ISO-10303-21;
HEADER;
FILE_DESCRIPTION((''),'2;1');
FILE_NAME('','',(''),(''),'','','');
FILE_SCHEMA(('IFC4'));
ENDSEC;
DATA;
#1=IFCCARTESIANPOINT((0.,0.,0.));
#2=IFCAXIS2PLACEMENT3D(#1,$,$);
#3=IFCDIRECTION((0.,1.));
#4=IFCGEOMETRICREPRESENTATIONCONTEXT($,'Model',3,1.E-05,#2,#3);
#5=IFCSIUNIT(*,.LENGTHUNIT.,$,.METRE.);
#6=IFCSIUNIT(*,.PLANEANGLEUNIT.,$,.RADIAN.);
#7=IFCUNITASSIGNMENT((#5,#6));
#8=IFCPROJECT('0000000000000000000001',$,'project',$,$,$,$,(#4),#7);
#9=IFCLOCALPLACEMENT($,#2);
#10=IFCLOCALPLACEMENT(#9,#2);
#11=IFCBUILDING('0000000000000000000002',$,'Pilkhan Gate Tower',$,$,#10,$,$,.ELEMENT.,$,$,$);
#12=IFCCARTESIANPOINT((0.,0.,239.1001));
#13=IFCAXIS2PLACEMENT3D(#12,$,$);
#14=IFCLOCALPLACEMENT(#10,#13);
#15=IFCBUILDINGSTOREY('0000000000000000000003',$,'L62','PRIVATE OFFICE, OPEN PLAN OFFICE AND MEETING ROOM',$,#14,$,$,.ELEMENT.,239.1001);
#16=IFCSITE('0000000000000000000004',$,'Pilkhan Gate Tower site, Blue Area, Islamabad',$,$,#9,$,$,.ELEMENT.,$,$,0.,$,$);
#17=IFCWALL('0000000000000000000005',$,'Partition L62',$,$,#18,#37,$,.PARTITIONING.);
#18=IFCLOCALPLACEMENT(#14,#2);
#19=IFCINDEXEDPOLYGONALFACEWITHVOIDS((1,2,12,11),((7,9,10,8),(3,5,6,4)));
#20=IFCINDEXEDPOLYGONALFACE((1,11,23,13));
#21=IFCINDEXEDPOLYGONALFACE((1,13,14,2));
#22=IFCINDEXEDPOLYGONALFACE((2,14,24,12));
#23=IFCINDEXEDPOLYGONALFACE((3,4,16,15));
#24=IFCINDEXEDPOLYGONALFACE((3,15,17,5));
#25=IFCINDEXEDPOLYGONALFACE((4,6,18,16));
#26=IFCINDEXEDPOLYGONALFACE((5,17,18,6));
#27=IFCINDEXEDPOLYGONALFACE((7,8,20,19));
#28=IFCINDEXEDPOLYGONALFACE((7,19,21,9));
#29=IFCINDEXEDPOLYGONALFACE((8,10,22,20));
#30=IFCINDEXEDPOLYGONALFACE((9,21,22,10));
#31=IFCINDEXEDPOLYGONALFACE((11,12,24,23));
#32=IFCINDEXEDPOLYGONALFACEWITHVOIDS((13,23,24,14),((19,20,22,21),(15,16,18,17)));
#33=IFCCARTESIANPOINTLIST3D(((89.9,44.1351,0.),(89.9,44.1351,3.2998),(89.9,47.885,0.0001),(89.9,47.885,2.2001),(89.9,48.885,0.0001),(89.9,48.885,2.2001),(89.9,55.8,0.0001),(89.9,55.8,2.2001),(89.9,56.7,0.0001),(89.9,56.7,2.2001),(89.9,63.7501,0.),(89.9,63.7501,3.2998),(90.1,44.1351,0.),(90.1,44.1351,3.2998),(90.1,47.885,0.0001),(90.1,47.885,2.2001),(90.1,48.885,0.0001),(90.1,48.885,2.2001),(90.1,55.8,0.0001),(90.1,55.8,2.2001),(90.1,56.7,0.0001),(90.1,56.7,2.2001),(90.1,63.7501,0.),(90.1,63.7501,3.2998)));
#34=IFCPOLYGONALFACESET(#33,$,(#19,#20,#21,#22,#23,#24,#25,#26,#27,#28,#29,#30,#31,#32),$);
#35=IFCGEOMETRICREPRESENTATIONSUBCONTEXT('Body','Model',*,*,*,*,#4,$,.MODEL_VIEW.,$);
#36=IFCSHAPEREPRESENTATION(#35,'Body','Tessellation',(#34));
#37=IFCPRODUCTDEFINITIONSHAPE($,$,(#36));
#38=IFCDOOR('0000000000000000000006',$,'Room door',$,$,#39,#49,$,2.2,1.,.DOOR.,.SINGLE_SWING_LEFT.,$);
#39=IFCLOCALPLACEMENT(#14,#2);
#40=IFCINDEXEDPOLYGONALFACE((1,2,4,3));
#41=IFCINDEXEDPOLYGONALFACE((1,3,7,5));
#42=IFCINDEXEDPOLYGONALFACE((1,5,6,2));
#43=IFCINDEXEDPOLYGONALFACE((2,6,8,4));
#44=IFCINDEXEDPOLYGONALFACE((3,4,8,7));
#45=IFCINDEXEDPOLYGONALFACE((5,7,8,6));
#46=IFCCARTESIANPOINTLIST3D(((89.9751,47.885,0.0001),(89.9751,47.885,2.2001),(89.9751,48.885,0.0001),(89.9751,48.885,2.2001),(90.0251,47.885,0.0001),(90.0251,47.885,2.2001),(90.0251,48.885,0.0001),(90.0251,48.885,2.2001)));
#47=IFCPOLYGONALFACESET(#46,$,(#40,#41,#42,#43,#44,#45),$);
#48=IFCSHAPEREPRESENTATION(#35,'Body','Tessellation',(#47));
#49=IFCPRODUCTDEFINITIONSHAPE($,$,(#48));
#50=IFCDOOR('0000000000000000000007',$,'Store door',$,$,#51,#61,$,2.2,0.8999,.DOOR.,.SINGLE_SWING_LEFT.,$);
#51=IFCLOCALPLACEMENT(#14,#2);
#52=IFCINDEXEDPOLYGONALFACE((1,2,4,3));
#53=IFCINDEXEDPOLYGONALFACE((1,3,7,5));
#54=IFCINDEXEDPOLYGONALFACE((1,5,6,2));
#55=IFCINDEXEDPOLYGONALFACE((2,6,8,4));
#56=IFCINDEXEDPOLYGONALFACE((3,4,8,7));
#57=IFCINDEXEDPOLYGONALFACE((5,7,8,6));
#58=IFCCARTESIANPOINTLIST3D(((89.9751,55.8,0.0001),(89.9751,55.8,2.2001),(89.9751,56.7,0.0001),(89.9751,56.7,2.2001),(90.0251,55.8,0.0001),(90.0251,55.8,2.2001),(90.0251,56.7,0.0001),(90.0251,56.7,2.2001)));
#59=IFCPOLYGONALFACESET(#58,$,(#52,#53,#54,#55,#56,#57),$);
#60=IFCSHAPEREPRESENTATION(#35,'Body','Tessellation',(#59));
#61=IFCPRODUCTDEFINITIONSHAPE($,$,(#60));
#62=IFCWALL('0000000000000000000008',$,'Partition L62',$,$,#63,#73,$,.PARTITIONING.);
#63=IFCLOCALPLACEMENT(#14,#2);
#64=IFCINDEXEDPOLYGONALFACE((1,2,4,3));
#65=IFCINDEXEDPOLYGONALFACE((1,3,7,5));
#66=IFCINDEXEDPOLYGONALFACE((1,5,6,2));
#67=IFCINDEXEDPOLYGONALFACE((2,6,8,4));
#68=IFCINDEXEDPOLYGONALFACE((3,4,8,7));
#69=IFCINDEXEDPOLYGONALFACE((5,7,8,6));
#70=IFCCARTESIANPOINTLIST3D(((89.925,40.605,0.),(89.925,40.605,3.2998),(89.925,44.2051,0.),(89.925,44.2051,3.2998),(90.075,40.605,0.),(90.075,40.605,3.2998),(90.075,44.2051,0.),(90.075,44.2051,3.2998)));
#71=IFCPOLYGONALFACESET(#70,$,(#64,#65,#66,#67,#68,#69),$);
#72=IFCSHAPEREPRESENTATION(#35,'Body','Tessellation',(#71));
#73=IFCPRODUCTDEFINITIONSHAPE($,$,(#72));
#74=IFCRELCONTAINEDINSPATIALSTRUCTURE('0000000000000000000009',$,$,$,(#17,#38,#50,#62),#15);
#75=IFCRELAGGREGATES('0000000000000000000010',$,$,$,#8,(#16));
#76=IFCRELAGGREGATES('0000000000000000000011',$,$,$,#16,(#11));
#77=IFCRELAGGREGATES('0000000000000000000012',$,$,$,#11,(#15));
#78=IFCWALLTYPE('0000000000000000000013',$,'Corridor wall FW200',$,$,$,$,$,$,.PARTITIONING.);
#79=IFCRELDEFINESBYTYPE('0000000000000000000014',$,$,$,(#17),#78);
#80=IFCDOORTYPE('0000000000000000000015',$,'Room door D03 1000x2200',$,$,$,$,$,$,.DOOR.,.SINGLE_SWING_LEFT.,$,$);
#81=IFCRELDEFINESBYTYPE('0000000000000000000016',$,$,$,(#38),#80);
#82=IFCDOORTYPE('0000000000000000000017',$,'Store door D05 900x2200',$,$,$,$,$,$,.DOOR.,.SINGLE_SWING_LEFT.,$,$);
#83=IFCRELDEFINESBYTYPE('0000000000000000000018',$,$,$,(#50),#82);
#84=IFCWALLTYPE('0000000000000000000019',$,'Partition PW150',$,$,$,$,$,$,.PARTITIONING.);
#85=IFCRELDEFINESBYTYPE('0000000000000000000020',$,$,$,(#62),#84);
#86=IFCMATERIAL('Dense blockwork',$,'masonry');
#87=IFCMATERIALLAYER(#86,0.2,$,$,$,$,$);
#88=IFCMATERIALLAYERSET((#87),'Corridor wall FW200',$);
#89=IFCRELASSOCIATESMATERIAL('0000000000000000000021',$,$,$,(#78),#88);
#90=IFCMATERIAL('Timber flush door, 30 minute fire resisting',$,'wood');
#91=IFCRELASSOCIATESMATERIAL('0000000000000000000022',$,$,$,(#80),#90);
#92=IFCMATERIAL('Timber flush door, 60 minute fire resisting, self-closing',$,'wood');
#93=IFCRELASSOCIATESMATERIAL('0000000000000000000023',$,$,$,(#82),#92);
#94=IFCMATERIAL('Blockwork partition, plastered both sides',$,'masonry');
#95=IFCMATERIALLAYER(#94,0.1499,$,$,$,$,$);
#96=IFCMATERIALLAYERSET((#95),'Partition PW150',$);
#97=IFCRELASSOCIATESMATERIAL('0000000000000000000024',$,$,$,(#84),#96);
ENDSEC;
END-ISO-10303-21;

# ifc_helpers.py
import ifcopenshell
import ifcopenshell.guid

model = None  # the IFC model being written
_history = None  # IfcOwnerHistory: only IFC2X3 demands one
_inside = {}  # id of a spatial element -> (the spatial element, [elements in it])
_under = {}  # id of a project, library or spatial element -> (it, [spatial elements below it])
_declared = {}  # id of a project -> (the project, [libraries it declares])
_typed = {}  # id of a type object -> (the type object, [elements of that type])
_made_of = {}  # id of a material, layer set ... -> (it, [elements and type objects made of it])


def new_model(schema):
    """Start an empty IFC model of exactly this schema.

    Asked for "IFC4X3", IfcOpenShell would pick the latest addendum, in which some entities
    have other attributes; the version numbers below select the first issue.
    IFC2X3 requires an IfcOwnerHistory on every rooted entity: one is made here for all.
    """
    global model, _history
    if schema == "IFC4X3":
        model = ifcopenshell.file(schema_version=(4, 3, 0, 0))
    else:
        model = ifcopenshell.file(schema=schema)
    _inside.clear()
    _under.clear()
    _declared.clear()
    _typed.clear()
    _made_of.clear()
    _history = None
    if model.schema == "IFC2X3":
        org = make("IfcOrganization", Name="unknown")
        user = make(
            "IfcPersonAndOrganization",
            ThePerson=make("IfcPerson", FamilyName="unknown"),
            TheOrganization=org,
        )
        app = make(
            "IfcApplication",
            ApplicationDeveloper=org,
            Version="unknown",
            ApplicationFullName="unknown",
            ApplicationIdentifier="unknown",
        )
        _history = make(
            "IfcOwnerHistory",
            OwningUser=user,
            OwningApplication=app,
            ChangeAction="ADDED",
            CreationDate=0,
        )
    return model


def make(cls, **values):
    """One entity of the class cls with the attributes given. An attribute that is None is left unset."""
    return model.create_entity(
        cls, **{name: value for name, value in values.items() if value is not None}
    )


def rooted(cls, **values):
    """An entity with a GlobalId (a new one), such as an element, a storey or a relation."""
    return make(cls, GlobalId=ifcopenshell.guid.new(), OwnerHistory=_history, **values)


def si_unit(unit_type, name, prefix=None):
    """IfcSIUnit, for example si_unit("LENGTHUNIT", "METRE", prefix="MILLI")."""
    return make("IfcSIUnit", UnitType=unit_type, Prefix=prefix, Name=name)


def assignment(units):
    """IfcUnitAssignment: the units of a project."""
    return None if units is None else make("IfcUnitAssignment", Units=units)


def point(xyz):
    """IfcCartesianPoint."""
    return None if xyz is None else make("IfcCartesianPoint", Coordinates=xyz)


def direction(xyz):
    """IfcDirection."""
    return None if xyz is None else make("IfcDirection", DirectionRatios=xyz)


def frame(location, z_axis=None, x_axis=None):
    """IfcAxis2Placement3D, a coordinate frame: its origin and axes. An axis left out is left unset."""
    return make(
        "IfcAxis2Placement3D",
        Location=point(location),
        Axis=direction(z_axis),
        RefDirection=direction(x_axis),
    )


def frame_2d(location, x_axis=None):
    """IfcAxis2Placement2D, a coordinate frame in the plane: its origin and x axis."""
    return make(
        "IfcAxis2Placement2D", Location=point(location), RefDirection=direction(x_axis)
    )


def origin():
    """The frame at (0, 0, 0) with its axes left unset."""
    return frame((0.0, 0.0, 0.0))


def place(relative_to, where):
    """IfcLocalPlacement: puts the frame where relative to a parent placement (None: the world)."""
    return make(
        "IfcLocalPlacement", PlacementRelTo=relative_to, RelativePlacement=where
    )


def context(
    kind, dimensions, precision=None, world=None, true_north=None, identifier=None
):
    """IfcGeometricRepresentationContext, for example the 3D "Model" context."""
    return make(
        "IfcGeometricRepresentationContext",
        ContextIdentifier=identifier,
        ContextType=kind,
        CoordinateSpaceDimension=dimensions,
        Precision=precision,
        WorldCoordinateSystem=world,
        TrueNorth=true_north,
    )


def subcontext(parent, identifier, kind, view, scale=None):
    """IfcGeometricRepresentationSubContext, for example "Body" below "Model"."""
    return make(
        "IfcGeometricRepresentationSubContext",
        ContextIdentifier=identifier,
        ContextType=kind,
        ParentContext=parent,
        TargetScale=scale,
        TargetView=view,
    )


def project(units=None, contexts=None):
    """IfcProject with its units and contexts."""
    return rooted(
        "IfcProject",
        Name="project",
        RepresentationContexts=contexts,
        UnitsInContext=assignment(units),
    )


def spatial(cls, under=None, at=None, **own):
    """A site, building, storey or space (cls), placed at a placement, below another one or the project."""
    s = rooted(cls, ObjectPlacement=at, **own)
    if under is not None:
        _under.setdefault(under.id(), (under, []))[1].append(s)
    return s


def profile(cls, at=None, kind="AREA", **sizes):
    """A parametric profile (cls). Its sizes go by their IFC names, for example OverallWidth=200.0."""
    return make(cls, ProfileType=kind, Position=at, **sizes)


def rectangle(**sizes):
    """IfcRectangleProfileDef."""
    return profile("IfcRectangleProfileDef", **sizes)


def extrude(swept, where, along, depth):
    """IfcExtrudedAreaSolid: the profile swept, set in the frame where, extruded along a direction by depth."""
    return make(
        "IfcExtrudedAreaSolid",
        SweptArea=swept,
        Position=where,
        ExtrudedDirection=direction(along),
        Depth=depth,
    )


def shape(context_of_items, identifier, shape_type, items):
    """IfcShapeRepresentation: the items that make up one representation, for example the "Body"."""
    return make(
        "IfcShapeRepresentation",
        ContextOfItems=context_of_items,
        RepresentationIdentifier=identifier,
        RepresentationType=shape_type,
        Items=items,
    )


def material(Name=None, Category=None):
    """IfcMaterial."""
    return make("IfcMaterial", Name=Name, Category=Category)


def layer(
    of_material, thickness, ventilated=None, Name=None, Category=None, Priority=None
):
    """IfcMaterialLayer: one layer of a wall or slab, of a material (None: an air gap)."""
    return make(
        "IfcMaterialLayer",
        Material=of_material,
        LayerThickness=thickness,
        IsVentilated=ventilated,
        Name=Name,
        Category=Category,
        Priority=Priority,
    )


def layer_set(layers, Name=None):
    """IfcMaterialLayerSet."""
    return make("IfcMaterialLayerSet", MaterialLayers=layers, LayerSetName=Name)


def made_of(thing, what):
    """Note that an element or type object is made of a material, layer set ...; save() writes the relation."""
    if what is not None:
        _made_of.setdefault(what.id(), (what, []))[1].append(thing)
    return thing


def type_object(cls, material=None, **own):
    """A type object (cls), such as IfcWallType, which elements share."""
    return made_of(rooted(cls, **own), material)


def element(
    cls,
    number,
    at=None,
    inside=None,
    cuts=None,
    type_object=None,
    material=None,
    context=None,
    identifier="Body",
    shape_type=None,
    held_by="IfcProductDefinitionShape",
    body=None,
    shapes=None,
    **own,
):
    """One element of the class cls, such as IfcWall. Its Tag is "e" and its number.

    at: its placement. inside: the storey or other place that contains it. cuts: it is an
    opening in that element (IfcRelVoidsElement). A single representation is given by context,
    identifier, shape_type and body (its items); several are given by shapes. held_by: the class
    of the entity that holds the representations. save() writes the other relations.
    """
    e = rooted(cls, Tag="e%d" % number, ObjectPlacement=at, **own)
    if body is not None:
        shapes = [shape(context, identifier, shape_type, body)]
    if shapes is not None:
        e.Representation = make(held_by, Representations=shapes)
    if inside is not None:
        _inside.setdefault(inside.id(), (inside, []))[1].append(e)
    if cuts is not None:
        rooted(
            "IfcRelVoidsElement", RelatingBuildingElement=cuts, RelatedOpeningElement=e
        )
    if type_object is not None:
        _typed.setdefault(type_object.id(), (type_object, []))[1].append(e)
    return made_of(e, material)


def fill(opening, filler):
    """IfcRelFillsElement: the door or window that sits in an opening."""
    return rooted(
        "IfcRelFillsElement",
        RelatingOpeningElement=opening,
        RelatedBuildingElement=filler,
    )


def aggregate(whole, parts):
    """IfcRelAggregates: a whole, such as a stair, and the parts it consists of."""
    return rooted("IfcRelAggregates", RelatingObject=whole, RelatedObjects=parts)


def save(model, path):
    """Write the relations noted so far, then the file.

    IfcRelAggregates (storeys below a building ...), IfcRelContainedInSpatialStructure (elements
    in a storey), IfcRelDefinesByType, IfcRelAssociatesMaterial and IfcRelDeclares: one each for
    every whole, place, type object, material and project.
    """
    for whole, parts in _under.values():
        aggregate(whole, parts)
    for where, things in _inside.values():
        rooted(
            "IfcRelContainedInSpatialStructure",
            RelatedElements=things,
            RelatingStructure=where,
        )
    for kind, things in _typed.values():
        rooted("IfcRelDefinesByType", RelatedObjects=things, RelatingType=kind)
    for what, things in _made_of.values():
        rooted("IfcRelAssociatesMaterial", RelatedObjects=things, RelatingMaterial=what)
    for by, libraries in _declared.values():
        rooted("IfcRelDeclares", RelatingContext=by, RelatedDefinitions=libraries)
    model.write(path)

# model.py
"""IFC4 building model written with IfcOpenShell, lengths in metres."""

from ifc_helpers import new_model, si_unit, direction, frame, frame_2d, origin, place, context, subcontext, project, spatial, rectangle, extrude, material, layer, layer_set, type_object, element, fill, save


model = new_model("IFC4")

# Units and contexts
model_context = context("Model", 3, precision=1e-05, world=origin(), true_north=direction((0.0, 1.0)))
body_context = subcontext(model_context, "Body", "Model", "MODEL_VIEW")
ifc_project = project(units=[si_unit("LENGTHUNIT", "METRE"), si_unit("PLANEANGLEUNIT", "RADIAN")], contexts=[model_context])

# Site, building, storey
site_placement = place(None, origin())
site = spatial("IfcSite", under=ifc_project, at=site_placement, Name="Pilkhan Gate Tower site, Blue Area, Islamabad", CompositionType="ELEMENT", RefElevation=0.0)
building_placement = place(site_placement, origin())
building = spatial("IfcBuilding", under=site, at=building_placement, Name="Pilkhan Gate Tower", CompositionType="ELEMENT")
storey_placement = place(building_placement, frame((0.0, 0.0, 239.1001)))
storey = spatial("IfcBuildingStorey", under=building, at=storey_placement, Name="L62", Description="PRIVATE OFFICE, OPEN PLAN OFFICE AND MEETING ROOM", CompositionType="ELEMENT", Elevation=239.1001)

# Shared definitions
ifc_material_1 = material(Name="Dense blockwork", Category="masonry")
ifc_layer_1 = layer(ifc_material_1, 0.2)
ifc_layer_set_1 = layer_set([ifc_layer_1], Name="Corridor wall FW200")
wall_type_1 = type_object("IfcWallType", Name="Corridor wall FW200", PredefinedType="PARTITIONING", material=ifc_layer_set_1)

# Wall, openings, doors
wall_1_placement = place(storey_placement, frame((90.0, 44.135, 0.0), z_axis=(0.0, 0.0, 1.0), x_axis=(0.0, 1.0, 0.0)))
wall_1 = element("IfcWall", 1, at=wall_1_placement, inside=storey, type_object=wall_type_1, Name="Partition L62", PredefinedType="PARTITIONING", context=body_context, shape_type="SweptSolid", body=[
    extrude(rectangle(XDim=19.615, YDim=0.2, at=frame_2d((9.8076, 0.0))), origin(), (0.0, 0.0, 1.0), 3.2998),
])
opening_1_placement = place(wall_1_placement, frame((3.75, 0.0, 0.0)))
opening_1 = element("IfcOpeningElement", 2, at=opening_1_placement, cuts=wall_1, PredefinedType="OPENING", context=body_context, shape_type="SweptSolid", body=[
    extrude(rectangle(XDim=1.0, YDim=2.2, at=frame_2d((0.5, 1.1001))), frame((0.0, 0.1099, 0.0), z_axis=(0.0, -1.0, 0.0), x_axis=(1.0, 0.0, 0.0)), (0.0, 0.0, 1.0), 0.22),
])
opening_2_placement = place(wall_1_placement, frame((11.665, 0.0, 0.0)))
opening_2 = element("IfcOpeningElement", 3, at=opening_2_placement, cuts=wall_1, PredefinedType="OPENING", context=body_context, shape_type="SweptSolid", body=[
    extrude(rectangle(XDim=0.8999, YDim=2.2, at=frame_2d((0.45, 1.1001))), frame((0.0, 0.1099, 0.0), z_axis=(0.0, -1.0, 0.0), x_axis=(1.0, 0.0, 0.0)), (0.0, 0.0, 1.0), 0.22),
])
ifc_material_2 = material(Name="Timber flush door, 30 minute fire resisting", Category="wood")
door_type_1 = type_object("IfcDoorType", Name="Room door D03 1000x2200", OperationType="SINGLE_SWING_LEFT", PredefinedType="DOOR", material=ifc_material_2)
door_1_placement = place(opening_1_placement, origin())
door_1 = element("IfcDoor", 4, at=door_1_placement, inside=storey, type_object=door_type_1, Name="Room door", OperationType="SINGLE_SWING_LEFT", OverallHeight=2.2, OverallWidth=1.0, PredefinedType="DOOR", context=body_context, shape_type="SweptSolid", body=[
    extrude(rectangle(XDim=1.0, YDim=2.2, at=frame_2d((0.5, 1.1001))), frame((0.0, 0.0249, 0.0), z_axis=(0.0, -1.0, 0.0), x_axis=(1.0, 0.0, 0.0)), (0.0, 0.0, 1.0), 0.05),
])
fill(opening_1, door_1)
ifc_material_3 = material(Name="Timber flush door, 60 minute fire resisting, self-closing", Category="wood")
door_type_2 = type_object("IfcDoorType", Name="Store door D05 900x2200", OperationType="SINGLE_SWING_LEFT", PredefinedType="DOOR", material=ifc_material_3)
door_2_placement = place(opening_2_placement, origin())
door_2 = element("IfcDoor", 5, at=door_2_placement, inside=storey, type_object=door_type_2, Name="Store door", OperationType="SINGLE_SWING_LEFT", OverallHeight=2.2, OverallWidth=0.8999, PredefinedType="DOOR", context=body_context, shape_type="SweptSolid", body=[
    extrude(rectangle(XDim=0.8999, YDim=2.2, at=frame_2d((0.45, 1.1001))), frame((0.0, 0.0249, 0.0), z_axis=(0.0, -1.0, 0.0), x_axis=(1.0, 0.0, 0.0)), (0.0, 0.0, 1.0), 0.05),
])
fill(opening_2, door_2)

# Wall
ifc_material_4 = material(Name="Blockwork partition, plastered both sides", Category="masonry")
ifc_layer_2 = layer(ifc_material_4, 0.1499)
ifc_layer_set_2 = layer_set([ifc_layer_2], Name="Partition PW150")
wall_type_2 = type_object("IfcWallType", Name="Partition PW150", PredefinedType="PARTITIONING", material=ifc_layer_set_2)
wall_2_placement = place(storey_placement, frame((90.0, 40.605, 0.0), z_axis=(0.0, 0.0, 1.0), x_axis=(0.0, 1.0, 0.0)))
element("IfcWall", 6, at=wall_2_placement, inside=storey, type_object=wall_type_2, Name="Partition L62", PredefinedType="PARTITIONING", context=body_context, shape_type="SweptSolid", body=[
    extrude(rectangle(XDim=3.6001, YDim=0.1499, at=frame_2d((1.8, 0.0))), origin(), (0.0, 0.0, 1.0), 3.2998),
])

save(model, "model.ifc")
